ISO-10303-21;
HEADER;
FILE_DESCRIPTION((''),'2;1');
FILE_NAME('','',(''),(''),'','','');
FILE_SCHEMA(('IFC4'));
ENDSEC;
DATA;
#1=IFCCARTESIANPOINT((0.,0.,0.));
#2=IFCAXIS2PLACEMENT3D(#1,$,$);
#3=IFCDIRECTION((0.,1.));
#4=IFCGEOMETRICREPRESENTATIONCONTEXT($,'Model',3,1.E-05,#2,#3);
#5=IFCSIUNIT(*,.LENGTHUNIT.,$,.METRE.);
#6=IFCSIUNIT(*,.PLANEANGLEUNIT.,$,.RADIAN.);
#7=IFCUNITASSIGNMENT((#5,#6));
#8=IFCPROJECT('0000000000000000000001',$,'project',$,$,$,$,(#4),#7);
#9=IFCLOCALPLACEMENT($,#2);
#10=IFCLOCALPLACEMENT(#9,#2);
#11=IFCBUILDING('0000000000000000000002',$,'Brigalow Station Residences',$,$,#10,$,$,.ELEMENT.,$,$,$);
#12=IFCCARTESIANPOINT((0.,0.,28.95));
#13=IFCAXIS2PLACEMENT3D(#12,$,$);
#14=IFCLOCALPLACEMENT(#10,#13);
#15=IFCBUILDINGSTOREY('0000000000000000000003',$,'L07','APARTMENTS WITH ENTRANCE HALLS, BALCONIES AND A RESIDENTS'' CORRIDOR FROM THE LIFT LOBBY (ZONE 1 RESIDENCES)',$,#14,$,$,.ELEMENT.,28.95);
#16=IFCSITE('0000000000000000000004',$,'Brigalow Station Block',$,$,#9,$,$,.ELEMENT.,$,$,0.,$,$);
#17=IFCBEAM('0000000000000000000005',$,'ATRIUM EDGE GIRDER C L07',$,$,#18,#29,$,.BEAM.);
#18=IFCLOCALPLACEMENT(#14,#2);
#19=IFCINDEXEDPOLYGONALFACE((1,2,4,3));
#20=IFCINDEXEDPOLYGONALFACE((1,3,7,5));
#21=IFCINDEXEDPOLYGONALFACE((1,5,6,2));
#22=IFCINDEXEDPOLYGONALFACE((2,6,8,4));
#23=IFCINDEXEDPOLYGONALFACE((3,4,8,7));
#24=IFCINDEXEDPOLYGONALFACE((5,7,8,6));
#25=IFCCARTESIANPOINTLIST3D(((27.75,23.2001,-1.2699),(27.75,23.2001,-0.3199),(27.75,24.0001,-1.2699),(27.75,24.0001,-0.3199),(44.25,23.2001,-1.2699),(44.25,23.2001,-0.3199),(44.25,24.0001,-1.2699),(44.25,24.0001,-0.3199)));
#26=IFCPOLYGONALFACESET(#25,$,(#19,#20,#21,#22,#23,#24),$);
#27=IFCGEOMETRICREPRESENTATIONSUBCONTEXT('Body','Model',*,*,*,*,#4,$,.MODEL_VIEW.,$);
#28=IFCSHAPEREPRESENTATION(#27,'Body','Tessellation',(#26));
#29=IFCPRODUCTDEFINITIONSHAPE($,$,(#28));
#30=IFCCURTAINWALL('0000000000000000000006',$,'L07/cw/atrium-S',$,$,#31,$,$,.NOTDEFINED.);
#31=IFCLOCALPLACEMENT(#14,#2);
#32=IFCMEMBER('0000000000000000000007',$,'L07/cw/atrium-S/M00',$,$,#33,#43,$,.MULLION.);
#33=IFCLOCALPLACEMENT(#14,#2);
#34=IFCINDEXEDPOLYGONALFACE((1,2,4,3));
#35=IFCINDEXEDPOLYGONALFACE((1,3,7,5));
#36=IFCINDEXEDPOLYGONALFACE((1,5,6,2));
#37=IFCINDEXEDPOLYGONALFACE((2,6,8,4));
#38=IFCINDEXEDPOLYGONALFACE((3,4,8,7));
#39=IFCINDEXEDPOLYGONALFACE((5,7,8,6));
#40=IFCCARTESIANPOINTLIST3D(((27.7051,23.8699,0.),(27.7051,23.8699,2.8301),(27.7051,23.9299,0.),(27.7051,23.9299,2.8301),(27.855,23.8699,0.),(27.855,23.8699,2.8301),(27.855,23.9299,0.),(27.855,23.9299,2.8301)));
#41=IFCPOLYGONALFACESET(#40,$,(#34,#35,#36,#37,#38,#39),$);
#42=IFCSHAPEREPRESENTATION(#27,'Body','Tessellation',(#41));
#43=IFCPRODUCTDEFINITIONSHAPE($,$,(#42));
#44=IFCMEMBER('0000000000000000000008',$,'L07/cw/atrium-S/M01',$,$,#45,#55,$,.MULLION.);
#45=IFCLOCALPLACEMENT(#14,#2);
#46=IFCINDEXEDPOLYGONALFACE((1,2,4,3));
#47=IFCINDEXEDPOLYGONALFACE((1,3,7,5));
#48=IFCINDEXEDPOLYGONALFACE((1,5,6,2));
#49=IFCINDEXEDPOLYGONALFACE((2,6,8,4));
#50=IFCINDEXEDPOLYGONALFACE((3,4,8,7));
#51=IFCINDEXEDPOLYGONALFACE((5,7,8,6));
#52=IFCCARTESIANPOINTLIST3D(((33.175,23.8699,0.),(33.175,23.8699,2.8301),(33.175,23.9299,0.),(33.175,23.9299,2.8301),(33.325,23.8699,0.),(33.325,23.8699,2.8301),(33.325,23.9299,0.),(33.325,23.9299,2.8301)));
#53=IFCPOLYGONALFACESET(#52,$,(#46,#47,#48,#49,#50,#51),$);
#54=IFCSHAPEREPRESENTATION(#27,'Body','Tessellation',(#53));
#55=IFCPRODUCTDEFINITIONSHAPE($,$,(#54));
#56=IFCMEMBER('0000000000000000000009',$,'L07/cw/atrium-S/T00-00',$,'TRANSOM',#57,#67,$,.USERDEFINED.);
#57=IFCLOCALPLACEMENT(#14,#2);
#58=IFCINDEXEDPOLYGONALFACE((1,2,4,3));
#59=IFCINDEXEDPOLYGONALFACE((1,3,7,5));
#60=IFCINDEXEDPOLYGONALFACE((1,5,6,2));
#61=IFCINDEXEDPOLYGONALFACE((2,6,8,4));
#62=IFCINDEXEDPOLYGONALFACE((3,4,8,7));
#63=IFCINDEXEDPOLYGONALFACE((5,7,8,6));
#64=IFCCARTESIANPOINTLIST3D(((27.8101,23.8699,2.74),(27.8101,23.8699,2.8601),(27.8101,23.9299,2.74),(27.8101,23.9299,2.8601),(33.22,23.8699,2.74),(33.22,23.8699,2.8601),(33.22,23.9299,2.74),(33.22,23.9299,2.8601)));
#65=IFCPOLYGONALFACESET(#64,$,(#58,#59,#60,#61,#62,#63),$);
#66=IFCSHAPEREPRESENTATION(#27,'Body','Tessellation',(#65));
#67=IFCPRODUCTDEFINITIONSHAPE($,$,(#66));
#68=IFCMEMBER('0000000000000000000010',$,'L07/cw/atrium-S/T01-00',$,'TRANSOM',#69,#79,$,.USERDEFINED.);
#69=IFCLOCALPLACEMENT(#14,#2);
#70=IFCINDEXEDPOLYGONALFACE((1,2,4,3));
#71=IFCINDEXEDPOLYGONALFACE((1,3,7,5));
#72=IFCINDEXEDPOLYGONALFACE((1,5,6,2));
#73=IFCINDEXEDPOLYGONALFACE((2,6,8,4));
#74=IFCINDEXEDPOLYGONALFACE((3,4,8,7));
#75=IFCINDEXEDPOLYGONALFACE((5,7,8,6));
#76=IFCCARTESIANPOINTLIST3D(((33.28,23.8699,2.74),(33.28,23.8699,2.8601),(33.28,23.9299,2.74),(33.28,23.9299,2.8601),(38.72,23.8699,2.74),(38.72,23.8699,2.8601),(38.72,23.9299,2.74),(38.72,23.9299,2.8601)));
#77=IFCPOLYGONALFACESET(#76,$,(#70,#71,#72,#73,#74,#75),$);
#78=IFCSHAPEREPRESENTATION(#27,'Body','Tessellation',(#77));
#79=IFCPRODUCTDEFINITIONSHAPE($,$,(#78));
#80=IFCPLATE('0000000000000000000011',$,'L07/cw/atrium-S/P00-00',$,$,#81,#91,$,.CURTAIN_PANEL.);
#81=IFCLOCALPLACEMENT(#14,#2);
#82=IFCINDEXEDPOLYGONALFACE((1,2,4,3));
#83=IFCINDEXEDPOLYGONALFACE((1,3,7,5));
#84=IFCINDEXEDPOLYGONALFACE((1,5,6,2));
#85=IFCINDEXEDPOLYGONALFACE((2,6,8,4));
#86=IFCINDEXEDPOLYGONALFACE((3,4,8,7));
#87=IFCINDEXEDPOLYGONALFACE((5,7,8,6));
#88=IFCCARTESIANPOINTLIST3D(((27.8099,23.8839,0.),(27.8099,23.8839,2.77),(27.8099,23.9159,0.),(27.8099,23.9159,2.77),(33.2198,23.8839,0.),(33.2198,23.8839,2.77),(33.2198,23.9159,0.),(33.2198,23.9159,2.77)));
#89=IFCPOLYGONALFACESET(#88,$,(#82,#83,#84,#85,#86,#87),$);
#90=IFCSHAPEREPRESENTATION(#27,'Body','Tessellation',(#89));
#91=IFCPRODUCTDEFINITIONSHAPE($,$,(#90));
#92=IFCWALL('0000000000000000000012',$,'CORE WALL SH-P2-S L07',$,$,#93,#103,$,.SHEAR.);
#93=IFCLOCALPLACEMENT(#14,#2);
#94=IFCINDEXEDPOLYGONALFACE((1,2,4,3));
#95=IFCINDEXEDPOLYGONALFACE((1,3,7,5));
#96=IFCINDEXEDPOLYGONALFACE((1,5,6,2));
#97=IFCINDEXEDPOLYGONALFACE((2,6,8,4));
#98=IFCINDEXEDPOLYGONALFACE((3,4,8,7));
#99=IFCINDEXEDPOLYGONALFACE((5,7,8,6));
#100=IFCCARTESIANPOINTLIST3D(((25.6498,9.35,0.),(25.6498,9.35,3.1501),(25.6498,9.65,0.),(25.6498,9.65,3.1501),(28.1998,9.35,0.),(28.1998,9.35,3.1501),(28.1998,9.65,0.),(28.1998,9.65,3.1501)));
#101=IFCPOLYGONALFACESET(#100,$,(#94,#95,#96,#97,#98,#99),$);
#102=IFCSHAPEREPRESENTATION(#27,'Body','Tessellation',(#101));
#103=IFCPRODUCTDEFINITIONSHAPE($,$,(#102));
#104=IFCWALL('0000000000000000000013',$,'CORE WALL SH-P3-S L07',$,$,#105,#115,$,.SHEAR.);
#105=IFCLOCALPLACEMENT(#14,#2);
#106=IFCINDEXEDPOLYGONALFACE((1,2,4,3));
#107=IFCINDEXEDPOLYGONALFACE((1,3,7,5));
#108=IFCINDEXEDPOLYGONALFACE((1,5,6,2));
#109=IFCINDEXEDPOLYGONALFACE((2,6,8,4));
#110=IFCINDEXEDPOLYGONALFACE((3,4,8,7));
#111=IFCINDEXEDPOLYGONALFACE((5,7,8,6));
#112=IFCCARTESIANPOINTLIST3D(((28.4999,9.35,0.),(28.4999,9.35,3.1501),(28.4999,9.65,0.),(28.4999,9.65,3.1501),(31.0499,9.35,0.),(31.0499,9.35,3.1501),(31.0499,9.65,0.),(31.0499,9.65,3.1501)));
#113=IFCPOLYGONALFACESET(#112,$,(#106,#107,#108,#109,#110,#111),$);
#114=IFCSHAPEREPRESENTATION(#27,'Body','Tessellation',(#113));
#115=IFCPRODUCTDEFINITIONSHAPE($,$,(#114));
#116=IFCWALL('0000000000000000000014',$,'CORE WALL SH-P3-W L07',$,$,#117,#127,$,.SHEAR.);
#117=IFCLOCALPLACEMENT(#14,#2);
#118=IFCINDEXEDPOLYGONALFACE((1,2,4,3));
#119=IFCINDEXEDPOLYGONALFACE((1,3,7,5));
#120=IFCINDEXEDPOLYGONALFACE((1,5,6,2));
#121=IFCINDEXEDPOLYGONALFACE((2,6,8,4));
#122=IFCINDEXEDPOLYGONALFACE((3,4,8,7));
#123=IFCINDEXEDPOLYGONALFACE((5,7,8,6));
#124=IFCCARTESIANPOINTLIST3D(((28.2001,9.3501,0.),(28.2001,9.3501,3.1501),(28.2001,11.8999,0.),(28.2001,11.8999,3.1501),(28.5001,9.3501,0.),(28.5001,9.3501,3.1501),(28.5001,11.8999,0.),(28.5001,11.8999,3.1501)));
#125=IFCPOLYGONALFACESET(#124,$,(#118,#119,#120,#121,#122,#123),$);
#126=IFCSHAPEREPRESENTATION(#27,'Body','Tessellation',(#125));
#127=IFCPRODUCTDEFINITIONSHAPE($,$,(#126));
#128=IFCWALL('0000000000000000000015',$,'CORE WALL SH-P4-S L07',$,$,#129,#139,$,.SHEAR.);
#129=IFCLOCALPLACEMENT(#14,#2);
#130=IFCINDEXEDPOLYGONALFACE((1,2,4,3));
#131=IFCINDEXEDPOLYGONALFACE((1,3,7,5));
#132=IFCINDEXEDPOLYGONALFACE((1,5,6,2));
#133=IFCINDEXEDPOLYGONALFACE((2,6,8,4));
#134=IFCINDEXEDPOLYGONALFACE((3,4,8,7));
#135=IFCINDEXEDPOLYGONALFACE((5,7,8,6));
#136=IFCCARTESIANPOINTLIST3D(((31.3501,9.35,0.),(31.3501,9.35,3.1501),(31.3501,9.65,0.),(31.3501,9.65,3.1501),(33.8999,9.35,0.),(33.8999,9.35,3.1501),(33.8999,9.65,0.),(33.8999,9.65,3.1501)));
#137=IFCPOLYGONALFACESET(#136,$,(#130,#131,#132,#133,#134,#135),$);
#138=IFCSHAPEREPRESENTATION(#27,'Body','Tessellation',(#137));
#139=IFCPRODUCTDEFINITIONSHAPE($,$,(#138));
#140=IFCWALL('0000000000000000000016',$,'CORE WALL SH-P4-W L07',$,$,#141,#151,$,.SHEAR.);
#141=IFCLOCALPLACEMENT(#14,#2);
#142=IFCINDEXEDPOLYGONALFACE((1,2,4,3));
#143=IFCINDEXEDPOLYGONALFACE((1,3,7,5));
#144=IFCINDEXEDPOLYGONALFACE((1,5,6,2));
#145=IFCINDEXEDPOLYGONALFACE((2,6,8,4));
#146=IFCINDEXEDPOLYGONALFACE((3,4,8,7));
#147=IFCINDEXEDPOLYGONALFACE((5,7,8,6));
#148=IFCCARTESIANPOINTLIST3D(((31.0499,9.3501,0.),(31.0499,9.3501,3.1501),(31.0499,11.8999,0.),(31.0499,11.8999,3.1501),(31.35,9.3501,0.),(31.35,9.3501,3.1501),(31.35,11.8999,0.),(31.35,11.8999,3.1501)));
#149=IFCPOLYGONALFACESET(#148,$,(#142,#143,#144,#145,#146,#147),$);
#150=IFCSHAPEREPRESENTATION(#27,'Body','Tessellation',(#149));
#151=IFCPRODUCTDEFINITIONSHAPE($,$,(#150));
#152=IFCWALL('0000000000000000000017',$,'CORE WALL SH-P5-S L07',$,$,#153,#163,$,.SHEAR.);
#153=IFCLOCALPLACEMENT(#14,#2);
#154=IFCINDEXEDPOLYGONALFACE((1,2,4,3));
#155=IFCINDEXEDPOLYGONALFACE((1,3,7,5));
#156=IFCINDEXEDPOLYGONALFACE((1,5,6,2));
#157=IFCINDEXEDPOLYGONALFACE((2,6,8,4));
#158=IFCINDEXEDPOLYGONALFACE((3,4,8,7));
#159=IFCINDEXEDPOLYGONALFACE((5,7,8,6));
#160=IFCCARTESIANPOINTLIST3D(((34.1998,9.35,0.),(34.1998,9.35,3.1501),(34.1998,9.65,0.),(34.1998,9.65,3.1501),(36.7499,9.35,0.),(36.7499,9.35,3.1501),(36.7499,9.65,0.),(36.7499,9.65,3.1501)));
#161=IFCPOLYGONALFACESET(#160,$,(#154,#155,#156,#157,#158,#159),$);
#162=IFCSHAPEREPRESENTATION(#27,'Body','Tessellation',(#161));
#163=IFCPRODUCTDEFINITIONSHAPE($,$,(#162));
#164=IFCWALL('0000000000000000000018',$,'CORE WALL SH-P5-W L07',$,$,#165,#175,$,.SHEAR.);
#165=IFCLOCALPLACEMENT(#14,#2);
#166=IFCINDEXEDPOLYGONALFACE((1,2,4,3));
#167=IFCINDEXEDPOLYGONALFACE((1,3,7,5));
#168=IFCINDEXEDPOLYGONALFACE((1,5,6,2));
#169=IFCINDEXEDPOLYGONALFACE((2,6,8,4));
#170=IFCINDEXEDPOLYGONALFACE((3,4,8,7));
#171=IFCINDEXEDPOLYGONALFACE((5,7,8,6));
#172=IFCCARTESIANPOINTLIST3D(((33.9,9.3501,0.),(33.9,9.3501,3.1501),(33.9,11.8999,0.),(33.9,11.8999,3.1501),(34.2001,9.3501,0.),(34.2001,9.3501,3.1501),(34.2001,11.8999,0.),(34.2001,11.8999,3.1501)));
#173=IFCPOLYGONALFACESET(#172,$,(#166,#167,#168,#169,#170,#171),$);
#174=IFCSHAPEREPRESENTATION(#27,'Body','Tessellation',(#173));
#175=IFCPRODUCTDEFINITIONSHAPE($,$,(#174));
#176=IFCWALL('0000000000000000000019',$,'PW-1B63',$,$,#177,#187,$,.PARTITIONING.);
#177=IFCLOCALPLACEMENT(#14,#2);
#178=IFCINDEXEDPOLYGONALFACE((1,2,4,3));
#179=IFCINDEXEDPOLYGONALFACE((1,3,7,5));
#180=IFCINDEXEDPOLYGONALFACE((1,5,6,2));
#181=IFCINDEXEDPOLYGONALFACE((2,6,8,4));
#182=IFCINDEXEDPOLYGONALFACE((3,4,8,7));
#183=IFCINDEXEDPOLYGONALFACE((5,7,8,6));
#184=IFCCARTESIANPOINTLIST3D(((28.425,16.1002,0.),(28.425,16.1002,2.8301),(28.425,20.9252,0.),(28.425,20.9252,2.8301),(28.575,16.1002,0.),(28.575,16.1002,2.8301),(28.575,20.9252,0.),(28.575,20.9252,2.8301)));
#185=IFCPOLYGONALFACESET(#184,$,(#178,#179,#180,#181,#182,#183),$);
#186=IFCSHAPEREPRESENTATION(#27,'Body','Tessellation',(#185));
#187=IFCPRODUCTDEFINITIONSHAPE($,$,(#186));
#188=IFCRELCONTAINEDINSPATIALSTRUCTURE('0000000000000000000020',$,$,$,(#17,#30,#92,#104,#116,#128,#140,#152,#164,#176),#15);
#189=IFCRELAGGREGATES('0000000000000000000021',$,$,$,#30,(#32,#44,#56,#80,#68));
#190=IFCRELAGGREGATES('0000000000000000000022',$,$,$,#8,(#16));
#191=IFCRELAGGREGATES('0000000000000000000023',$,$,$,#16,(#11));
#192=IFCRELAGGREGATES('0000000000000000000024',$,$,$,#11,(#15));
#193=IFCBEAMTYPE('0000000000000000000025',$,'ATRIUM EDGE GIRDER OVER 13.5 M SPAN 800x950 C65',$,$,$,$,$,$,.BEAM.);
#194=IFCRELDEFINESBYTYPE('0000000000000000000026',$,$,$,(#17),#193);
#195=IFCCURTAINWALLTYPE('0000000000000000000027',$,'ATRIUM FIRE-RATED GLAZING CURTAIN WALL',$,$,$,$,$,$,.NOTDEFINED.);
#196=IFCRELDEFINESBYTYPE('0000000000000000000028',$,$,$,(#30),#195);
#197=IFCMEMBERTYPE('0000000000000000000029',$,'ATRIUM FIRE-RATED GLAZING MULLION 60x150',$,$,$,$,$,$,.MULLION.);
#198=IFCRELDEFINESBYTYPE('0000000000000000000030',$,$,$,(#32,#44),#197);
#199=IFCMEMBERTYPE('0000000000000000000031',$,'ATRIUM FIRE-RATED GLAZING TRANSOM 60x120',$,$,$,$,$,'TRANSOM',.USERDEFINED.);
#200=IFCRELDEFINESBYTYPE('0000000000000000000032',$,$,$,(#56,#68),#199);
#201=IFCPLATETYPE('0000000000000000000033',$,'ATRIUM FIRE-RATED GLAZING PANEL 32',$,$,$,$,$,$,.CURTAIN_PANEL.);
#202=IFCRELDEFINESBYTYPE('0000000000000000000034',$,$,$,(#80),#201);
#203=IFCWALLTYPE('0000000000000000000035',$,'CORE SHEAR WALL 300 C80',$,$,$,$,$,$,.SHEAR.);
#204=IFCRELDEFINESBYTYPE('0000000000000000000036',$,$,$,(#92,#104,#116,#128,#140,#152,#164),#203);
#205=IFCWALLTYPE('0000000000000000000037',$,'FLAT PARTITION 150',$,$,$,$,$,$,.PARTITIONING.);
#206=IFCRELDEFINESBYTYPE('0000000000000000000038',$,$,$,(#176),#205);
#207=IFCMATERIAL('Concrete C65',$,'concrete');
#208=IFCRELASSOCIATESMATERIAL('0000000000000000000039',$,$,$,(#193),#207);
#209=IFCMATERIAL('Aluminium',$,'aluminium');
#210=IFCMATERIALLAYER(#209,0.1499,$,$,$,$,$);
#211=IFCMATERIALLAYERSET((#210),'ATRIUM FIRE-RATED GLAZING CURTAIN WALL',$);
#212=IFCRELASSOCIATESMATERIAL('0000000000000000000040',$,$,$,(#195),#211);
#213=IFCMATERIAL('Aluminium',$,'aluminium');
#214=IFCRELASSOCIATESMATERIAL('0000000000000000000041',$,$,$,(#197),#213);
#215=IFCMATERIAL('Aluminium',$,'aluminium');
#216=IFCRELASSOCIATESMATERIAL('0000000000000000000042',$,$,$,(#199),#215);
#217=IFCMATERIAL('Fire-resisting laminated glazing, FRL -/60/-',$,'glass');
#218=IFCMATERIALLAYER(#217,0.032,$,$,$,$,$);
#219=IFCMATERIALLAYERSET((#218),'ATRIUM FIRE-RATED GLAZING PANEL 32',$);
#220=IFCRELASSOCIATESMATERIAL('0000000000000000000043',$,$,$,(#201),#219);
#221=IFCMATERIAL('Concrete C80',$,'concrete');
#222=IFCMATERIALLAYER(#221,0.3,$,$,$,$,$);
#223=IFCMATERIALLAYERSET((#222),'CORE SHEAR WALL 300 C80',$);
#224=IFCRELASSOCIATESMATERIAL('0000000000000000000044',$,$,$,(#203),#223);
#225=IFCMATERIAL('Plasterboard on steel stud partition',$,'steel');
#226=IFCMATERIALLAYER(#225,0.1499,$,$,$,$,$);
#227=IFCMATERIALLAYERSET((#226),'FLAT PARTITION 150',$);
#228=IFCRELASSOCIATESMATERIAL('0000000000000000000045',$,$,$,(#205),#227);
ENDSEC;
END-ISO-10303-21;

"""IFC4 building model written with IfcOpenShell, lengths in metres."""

from ifc_helpers import new_model, si_unit, direction, frame, frame_2d, origin, origin_2d, place, context, subcontext, project, spatial, rectangle, extrude, material, layer, layer_set, material_profile, profile_set, type_object, element, aggregate, save


model = new_model("IFC4")

# Units and contexts
model_context = context("Model", 3, precision=1e-05, world=origin(), true_north=direction((0.0, 1.0)))
body_context = subcontext(model_context, "Body", "Model", "MODEL_VIEW")
ifc_project = project(units=[si_unit("LENGTHUNIT", "METRE"), si_unit("PLANEANGLEUNIT", "RADIAN")], contexts=[model_context])

# Site, building, storey
site_placement = place(None, origin())
site = spatial("IfcSite", under=ifc_project, at=site_placement, Name="Brigalow Station Block", CompositionType="ELEMENT", RefElevation=0.0)
building_placement = place(site_placement, origin())
building = spatial("IfcBuilding", under=site, at=building_placement, Name="Brigalow Station Residences", CompositionType="ELEMENT")
storey_placement = place(building_placement, frame((0.0, 0.0, 28.95)))
storey = spatial("IfcBuildingStorey", under=building, at=storey_placement, Name="L07", Description="APARTMENTS WITH ENTRANCE HALLS, BALCONIES AND A RESIDENTS' CORRIDOR FROM THE LIFT LOBBY (ZONE 1 RESIDENCES)", CompositionType="ELEMENT", Elevation=28.95)

# Beam
ifc_material_1 = material(Name="Concrete C65", Category="concrete")
ifc_material_profile_1 = material_profile(ifc_material_1, rectangle(XDim=0.8, YDim=0.95, at=origin_2d()), Name="RC800x950")
ifc_profile_set_1 = profile_set([ifc_material_profile_1], Name="Concrete C65")
beam_type = type_object("IfcBeamType", Name="ATRIUM EDGE GIRDER OVER 13.5 M SPAN 800x950 C65", PredefinedType="BEAM", material=ifc_profile_set_1)
beam_placement = place(storey_placement, frame((27.75, 23.6001, -0.7949), z_axis=(1.0, 0.0, 0.0), x_axis=(0.0, 1.0, 0.0)))
element("IfcBeam", 1, at=beam_placement, inside=storey, type_object=beam_type, Name="ATRIUM EDGE GIRDER C L07", PredefinedType="BEAM", context=body_context, shape_type="SweptSolid", body=[
    extrude(rectangle(XDim=0.8, YDim=0.95, at=origin_2d()), origin(), (0.0, 0.0, 1.0), 16.5),
])

# Curtain wall, members, plate
ifc_material_2 = material(Name="Aluminium", Category="aluminium")
ifc_layer_1 = layer(ifc_material_2, 0.1499)
ifc_layer_set_1 = layer_set([ifc_layer_1], Name="ATRIUM FIRE-RATED GLAZING CURTAIN WALL")
curtain_wall_type = type_object("IfcCurtainWallType", Name="ATRIUM FIRE-RATED GLAZING CURTAIN WALL", PredefinedType="NOTDEFINED", material=ifc_layer_set_1)
curtain_wall_placement = place(storey_placement, origin())
curtain_wall = element("IfcCurtainWall", 2, at=curtain_wall_placement, inside=storey, type_object=curtain_wall_type, Name="L07/cw/atrium-S", PredefinedType="NOTDEFINED")
ifc_material_3 = material(Name="Aluminium", Category="aluminium")
ifc_material_profile_2 = material_profile(ifc_material_3, rectangle(XDim=0.0601, YDim=0.1499, at=origin_2d()), Name="ATRIUM FIRE-RATED GLAZING MULLION 60x150")
ifc_profile_set_2 = profile_set([ifc_material_profile_2], Name="Aluminium")
member_type_1 = type_object("IfcMemberType", Name="ATRIUM FIRE-RATED GLAZING MULLION 60x150", PredefinedType="MULLION", material=ifc_profile_set_2)
member_1_placement = place(storey_placement, frame((27.78, 23.8999, 0.0), z_axis=(0.0, 0.0, 1.0), x_axis=(0.0, 1.0, 0.0)))
member_1 = element("IfcMember", 3, at=member_1_placement, type_object=member_type_1, Name="L07/cw/atrium-S/M00", PredefinedType="MULLION", context=body_context, shape_type="SweptSolid", body=[
    extrude(rectangle(XDim=0.0601, YDim=0.1499, at=origin_2d()), origin(), (0.0, 0.0, 1.0), 2.8301),
])
member_2_placement = place(storey_placement, frame((33.25, 23.8999, 0.0), z_axis=(0.0, 0.0, 1.0), x_axis=(0.0, 1.0, 0.0)))
member_2 = element("IfcMember", 4, at=member_2_placement, type_object=member_type_1, Name="L07/cw/atrium-S/M01", PredefinedType="MULLION", context=body_context, shape_type="SweptSolid", body=[
    extrude(rectangle(XDim=0.0601, YDim=0.1499, at=origin_2d()), origin(), (0.0, 0.0, 1.0), 2.8301),
])
ifc_material_4 = material(Name="Aluminium", Category="aluminium")
ifc_material_profile_3 = material_profile(ifc_material_4, rectangle(XDim=0.0601, YDim=0.1201, at=origin_2d()), Name="ATRIUM FIRE-RATED GLAZING TRANSOM 60x120")
ifc_profile_set_3 = profile_set([ifc_material_profile_3], Name="Aluminium")
member_type_2 = type_object("IfcMemberType", Name="ATRIUM FIRE-RATED GLAZING TRANSOM 60x120", ElementType="TRANSOM", PredefinedType="USERDEFINED", material=ifc_profile_set_3)
member_3_placement = place(storey_placement, frame((27.8101, 23.8999, 2.8), z_axis=(1.0, 0.0, 0.0), x_axis=(0.0, 1.0, 0.0)))
member_3 = element("IfcMember", 5, at=member_3_placement, type_object=member_type_2, Name="L07/cw/atrium-S/T00-00", ObjectType="TRANSOM", PredefinedType="USERDEFINED", context=body_context, shape_type="SweptSolid", body=[
    extrude(rectangle(XDim=0.0601, YDim=0.1201, at=origin_2d()), origin(), (0.0, 0.0, 1.0), 5.4099),
])
member_4_placement = place(storey_placement, frame((33.28, 23.8999, 2.8), z_axis=(1.0, 0.0, 0.0), x_axis=(0.0, 1.0, 0.0)))
member_4 = element("IfcMember", 6, at=member_4_placement, type_object=member_type_2, Name="L07/cw/atrium-S/T01-00", ObjectType="TRANSOM", PredefinedType="USERDEFINED", context=body_context, shape_type="SweptSolid", body=[
    extrude(rectangle(XDim=0.0601, YDim=0.1201, at=origin_2d()), origin(), (0.0, 0.0, 1.0), 5.4399),
])
ifc_material_5 = material(Name="Fire-resisting laminated glazing, FRL -/60/-", Category="glass")
ifc_layer_2 = layer(ifc_material_5, 0.032)
ifc_layer_set_2 = layer_set([ifc_layer_2], Name="ATRIUM FIRE-RATED GLAZING PANEL 32")
plate_type = type_object("IfcPlateType", Name="ATRIUM FIRE-RATED GLAZING PANEL 32", PredefinedType="CURTAIN_PANEL", material=ifc_layer_set_2)
plate_placement = place(storey_placement, frame((30.5149, 23.8999, 0.0), z_axis=(0.0, 0.0, 1.0), x_axis=(1.0, 0.0, 0.0)))
plate = element("IfcPlate", 7, at=plate_placement, type_object=plate_type, Name="L07/cw/atrium-S/P00-00", PredefinedType="CURTAIN_PANEL", context=body_context, shape_type="SweptSolid", body=[
    extrude(rectangle(XDim=5.4099, YDim=0.032, at=origin_2d()), origin(), (0.0, 0.0, 1.0), 2.77),
])
aggregate(curtain_wall, [member_1, member_2, member_3, plate, member_4])

# Walls
ifc_material_6 = material(Name="Concrete C80", Category="concrete")
ifc_layer_3 = layer(ifc_material_6, 0.3)
ifc_layer_set_3 = layer_set([ifc_layer_3], Name="CORE SHEAR WALL 300 C80")
wall_type_1 = type_object("IfcWallType", Name="CORE SHEAR WALL 300 C80", PredefinedType="SHEAR", material=ifc_layer_set_3)
for number, where, z_axis, x_axis, name in (
    (8, (25.6499, 9.5, 0.0), (0.0, 0.0, 1.0), (1.0, 0.0, 0.0), "CORE WALL SH-P2-S L07"),
    (9, (28.5, 9.5, 0.0), (0.0, 0.0, 1.0), (1.0, 0.0, 0.0), "CORE WALL SH-P3-S L07"),
):
    element("IfcWall", number, at=place(storey_placement, frame(where, z_axis=z_axis, x_axis=x_axis)), inside=storey, type_object=wall_type_1, Name=name, PredefinedType="SHEAR", context=body_context, shape_type="SweptSolid", body=[
        extrude(rectangle(XDim=2.55, YDim=0.3, at=frame_2d((1.2749, 0.0))), origin(), (0.0, 0.0, 1.0), 3.1501),
    ])
for number, where, z_axis, x_axis, name in (
    (10, (28.3501, 9.3501, 0.0), (0.0, 0.0, 1.0), (0.0, 1.0, 0.0), "CORE WALL SH-P3-W L07"),
    (11, (31.3501, 9.5, 0.0), (0.0, 0.0, 1.0), (1.0, 0.0, 0.0), "CORE WALL SH-P4-S L07"),
    (12, (31.2, 9.3501, 0.0), (0.0, 0.0, 1.0), (0.0, 1.0, 0.0), "CORE WALL SH-P4-W L07"),
):
    element("IfcWall", number, at=place(storey_placement, frame(where, z_axis=z_axis, x_axis=x_axis)), inside=storey, type_object=wall_type_1, Name=name, PredefinedType="SHEAR", context=body_context, shape_type="SweptSolid", body=[
        extrude(rectangle(XDim=2.5498, YDim=0.3, at=frame_2d((1.2749, 0.0))), origin(), (0.0, 0.0, 1.0), 3.1501),
    ])
wall_1_placement = place(storey_placement, frame((34.2, 9.5, 0.0), z_axis=(0.0, 0.0, 1.0), x_axis=(1.0, 0.0, 0.0)))
element("IfcWall", 13, at=wall_1_placement, inside=storey, type_object=wall_type_1, Name="CORE WALL SH-P5-S L07", PredefinedType="SHEAR", context=body_context, shape_type="SweptSolid", body=[
    extrude(rectangle(XDim=2.55, YDim=0.3, at=frame_2d((1.2749, 0.0))), origin(), (0.0, 0.0, 1.0), 3.1501),
])
wall_2_placement = place(storey_placement, frame((34.05, 9.3501, 0.0), z_axis=(0.0, 0.0, 1.0), x_axis=(0.0, 1.0, 0.0)))
element("IfcWall", 14, at=wall_2_placement, inside=storey, type_object=wall_type_1, Name="CORE WALL SH-P5-W L07", PredefinedType="SHEAR", context=body_context, shape_type="SweptSolid", body=[
    extrude(rectangle(XDim=2.5498, YDim=0.3, at=frame_2d((1.2749, 0.0))), origin(), (0.0, 0.0, 1.0), 3.1501),
])
ifc_material_7 = material(Name="Plasterboard on steel stud partition", Category="steel")
ifc_layer_4 = layer(ifc_material_7, 0.1499)
ifc_layer_set_4 = layer_set([ifc_layer_4], Name="FLAT PARTITION 150")
wall_type_2 = type_object("IfcWallType", Name="FLAT PARTITION 150", PredefinedType="PARTITIONING", material=ifc_layer_set_4)
wall_3_placement = place(storey_placement, frame((28.5, 16.1001, 0.0), z_axis=(0.0, 0.0, 1.0), x_axis=(0.0, 1.0, 0.0)))
element("IfcWall", 15, at=wall_3_placement, inside=storey, type_object=wall_type_2, Name="PW-1B63", PredefinedType="PARTITIONING", context=body_context, shape_type="SweptSolid", body=[
    extrude(rectangle(XDim=4.825, YDim=0.1499, at=frame_2d((2.4126, 0.0))), origin(), (0.0, 0.0, 1.0), 2.8301),
])

save(model, "model.ifc")
